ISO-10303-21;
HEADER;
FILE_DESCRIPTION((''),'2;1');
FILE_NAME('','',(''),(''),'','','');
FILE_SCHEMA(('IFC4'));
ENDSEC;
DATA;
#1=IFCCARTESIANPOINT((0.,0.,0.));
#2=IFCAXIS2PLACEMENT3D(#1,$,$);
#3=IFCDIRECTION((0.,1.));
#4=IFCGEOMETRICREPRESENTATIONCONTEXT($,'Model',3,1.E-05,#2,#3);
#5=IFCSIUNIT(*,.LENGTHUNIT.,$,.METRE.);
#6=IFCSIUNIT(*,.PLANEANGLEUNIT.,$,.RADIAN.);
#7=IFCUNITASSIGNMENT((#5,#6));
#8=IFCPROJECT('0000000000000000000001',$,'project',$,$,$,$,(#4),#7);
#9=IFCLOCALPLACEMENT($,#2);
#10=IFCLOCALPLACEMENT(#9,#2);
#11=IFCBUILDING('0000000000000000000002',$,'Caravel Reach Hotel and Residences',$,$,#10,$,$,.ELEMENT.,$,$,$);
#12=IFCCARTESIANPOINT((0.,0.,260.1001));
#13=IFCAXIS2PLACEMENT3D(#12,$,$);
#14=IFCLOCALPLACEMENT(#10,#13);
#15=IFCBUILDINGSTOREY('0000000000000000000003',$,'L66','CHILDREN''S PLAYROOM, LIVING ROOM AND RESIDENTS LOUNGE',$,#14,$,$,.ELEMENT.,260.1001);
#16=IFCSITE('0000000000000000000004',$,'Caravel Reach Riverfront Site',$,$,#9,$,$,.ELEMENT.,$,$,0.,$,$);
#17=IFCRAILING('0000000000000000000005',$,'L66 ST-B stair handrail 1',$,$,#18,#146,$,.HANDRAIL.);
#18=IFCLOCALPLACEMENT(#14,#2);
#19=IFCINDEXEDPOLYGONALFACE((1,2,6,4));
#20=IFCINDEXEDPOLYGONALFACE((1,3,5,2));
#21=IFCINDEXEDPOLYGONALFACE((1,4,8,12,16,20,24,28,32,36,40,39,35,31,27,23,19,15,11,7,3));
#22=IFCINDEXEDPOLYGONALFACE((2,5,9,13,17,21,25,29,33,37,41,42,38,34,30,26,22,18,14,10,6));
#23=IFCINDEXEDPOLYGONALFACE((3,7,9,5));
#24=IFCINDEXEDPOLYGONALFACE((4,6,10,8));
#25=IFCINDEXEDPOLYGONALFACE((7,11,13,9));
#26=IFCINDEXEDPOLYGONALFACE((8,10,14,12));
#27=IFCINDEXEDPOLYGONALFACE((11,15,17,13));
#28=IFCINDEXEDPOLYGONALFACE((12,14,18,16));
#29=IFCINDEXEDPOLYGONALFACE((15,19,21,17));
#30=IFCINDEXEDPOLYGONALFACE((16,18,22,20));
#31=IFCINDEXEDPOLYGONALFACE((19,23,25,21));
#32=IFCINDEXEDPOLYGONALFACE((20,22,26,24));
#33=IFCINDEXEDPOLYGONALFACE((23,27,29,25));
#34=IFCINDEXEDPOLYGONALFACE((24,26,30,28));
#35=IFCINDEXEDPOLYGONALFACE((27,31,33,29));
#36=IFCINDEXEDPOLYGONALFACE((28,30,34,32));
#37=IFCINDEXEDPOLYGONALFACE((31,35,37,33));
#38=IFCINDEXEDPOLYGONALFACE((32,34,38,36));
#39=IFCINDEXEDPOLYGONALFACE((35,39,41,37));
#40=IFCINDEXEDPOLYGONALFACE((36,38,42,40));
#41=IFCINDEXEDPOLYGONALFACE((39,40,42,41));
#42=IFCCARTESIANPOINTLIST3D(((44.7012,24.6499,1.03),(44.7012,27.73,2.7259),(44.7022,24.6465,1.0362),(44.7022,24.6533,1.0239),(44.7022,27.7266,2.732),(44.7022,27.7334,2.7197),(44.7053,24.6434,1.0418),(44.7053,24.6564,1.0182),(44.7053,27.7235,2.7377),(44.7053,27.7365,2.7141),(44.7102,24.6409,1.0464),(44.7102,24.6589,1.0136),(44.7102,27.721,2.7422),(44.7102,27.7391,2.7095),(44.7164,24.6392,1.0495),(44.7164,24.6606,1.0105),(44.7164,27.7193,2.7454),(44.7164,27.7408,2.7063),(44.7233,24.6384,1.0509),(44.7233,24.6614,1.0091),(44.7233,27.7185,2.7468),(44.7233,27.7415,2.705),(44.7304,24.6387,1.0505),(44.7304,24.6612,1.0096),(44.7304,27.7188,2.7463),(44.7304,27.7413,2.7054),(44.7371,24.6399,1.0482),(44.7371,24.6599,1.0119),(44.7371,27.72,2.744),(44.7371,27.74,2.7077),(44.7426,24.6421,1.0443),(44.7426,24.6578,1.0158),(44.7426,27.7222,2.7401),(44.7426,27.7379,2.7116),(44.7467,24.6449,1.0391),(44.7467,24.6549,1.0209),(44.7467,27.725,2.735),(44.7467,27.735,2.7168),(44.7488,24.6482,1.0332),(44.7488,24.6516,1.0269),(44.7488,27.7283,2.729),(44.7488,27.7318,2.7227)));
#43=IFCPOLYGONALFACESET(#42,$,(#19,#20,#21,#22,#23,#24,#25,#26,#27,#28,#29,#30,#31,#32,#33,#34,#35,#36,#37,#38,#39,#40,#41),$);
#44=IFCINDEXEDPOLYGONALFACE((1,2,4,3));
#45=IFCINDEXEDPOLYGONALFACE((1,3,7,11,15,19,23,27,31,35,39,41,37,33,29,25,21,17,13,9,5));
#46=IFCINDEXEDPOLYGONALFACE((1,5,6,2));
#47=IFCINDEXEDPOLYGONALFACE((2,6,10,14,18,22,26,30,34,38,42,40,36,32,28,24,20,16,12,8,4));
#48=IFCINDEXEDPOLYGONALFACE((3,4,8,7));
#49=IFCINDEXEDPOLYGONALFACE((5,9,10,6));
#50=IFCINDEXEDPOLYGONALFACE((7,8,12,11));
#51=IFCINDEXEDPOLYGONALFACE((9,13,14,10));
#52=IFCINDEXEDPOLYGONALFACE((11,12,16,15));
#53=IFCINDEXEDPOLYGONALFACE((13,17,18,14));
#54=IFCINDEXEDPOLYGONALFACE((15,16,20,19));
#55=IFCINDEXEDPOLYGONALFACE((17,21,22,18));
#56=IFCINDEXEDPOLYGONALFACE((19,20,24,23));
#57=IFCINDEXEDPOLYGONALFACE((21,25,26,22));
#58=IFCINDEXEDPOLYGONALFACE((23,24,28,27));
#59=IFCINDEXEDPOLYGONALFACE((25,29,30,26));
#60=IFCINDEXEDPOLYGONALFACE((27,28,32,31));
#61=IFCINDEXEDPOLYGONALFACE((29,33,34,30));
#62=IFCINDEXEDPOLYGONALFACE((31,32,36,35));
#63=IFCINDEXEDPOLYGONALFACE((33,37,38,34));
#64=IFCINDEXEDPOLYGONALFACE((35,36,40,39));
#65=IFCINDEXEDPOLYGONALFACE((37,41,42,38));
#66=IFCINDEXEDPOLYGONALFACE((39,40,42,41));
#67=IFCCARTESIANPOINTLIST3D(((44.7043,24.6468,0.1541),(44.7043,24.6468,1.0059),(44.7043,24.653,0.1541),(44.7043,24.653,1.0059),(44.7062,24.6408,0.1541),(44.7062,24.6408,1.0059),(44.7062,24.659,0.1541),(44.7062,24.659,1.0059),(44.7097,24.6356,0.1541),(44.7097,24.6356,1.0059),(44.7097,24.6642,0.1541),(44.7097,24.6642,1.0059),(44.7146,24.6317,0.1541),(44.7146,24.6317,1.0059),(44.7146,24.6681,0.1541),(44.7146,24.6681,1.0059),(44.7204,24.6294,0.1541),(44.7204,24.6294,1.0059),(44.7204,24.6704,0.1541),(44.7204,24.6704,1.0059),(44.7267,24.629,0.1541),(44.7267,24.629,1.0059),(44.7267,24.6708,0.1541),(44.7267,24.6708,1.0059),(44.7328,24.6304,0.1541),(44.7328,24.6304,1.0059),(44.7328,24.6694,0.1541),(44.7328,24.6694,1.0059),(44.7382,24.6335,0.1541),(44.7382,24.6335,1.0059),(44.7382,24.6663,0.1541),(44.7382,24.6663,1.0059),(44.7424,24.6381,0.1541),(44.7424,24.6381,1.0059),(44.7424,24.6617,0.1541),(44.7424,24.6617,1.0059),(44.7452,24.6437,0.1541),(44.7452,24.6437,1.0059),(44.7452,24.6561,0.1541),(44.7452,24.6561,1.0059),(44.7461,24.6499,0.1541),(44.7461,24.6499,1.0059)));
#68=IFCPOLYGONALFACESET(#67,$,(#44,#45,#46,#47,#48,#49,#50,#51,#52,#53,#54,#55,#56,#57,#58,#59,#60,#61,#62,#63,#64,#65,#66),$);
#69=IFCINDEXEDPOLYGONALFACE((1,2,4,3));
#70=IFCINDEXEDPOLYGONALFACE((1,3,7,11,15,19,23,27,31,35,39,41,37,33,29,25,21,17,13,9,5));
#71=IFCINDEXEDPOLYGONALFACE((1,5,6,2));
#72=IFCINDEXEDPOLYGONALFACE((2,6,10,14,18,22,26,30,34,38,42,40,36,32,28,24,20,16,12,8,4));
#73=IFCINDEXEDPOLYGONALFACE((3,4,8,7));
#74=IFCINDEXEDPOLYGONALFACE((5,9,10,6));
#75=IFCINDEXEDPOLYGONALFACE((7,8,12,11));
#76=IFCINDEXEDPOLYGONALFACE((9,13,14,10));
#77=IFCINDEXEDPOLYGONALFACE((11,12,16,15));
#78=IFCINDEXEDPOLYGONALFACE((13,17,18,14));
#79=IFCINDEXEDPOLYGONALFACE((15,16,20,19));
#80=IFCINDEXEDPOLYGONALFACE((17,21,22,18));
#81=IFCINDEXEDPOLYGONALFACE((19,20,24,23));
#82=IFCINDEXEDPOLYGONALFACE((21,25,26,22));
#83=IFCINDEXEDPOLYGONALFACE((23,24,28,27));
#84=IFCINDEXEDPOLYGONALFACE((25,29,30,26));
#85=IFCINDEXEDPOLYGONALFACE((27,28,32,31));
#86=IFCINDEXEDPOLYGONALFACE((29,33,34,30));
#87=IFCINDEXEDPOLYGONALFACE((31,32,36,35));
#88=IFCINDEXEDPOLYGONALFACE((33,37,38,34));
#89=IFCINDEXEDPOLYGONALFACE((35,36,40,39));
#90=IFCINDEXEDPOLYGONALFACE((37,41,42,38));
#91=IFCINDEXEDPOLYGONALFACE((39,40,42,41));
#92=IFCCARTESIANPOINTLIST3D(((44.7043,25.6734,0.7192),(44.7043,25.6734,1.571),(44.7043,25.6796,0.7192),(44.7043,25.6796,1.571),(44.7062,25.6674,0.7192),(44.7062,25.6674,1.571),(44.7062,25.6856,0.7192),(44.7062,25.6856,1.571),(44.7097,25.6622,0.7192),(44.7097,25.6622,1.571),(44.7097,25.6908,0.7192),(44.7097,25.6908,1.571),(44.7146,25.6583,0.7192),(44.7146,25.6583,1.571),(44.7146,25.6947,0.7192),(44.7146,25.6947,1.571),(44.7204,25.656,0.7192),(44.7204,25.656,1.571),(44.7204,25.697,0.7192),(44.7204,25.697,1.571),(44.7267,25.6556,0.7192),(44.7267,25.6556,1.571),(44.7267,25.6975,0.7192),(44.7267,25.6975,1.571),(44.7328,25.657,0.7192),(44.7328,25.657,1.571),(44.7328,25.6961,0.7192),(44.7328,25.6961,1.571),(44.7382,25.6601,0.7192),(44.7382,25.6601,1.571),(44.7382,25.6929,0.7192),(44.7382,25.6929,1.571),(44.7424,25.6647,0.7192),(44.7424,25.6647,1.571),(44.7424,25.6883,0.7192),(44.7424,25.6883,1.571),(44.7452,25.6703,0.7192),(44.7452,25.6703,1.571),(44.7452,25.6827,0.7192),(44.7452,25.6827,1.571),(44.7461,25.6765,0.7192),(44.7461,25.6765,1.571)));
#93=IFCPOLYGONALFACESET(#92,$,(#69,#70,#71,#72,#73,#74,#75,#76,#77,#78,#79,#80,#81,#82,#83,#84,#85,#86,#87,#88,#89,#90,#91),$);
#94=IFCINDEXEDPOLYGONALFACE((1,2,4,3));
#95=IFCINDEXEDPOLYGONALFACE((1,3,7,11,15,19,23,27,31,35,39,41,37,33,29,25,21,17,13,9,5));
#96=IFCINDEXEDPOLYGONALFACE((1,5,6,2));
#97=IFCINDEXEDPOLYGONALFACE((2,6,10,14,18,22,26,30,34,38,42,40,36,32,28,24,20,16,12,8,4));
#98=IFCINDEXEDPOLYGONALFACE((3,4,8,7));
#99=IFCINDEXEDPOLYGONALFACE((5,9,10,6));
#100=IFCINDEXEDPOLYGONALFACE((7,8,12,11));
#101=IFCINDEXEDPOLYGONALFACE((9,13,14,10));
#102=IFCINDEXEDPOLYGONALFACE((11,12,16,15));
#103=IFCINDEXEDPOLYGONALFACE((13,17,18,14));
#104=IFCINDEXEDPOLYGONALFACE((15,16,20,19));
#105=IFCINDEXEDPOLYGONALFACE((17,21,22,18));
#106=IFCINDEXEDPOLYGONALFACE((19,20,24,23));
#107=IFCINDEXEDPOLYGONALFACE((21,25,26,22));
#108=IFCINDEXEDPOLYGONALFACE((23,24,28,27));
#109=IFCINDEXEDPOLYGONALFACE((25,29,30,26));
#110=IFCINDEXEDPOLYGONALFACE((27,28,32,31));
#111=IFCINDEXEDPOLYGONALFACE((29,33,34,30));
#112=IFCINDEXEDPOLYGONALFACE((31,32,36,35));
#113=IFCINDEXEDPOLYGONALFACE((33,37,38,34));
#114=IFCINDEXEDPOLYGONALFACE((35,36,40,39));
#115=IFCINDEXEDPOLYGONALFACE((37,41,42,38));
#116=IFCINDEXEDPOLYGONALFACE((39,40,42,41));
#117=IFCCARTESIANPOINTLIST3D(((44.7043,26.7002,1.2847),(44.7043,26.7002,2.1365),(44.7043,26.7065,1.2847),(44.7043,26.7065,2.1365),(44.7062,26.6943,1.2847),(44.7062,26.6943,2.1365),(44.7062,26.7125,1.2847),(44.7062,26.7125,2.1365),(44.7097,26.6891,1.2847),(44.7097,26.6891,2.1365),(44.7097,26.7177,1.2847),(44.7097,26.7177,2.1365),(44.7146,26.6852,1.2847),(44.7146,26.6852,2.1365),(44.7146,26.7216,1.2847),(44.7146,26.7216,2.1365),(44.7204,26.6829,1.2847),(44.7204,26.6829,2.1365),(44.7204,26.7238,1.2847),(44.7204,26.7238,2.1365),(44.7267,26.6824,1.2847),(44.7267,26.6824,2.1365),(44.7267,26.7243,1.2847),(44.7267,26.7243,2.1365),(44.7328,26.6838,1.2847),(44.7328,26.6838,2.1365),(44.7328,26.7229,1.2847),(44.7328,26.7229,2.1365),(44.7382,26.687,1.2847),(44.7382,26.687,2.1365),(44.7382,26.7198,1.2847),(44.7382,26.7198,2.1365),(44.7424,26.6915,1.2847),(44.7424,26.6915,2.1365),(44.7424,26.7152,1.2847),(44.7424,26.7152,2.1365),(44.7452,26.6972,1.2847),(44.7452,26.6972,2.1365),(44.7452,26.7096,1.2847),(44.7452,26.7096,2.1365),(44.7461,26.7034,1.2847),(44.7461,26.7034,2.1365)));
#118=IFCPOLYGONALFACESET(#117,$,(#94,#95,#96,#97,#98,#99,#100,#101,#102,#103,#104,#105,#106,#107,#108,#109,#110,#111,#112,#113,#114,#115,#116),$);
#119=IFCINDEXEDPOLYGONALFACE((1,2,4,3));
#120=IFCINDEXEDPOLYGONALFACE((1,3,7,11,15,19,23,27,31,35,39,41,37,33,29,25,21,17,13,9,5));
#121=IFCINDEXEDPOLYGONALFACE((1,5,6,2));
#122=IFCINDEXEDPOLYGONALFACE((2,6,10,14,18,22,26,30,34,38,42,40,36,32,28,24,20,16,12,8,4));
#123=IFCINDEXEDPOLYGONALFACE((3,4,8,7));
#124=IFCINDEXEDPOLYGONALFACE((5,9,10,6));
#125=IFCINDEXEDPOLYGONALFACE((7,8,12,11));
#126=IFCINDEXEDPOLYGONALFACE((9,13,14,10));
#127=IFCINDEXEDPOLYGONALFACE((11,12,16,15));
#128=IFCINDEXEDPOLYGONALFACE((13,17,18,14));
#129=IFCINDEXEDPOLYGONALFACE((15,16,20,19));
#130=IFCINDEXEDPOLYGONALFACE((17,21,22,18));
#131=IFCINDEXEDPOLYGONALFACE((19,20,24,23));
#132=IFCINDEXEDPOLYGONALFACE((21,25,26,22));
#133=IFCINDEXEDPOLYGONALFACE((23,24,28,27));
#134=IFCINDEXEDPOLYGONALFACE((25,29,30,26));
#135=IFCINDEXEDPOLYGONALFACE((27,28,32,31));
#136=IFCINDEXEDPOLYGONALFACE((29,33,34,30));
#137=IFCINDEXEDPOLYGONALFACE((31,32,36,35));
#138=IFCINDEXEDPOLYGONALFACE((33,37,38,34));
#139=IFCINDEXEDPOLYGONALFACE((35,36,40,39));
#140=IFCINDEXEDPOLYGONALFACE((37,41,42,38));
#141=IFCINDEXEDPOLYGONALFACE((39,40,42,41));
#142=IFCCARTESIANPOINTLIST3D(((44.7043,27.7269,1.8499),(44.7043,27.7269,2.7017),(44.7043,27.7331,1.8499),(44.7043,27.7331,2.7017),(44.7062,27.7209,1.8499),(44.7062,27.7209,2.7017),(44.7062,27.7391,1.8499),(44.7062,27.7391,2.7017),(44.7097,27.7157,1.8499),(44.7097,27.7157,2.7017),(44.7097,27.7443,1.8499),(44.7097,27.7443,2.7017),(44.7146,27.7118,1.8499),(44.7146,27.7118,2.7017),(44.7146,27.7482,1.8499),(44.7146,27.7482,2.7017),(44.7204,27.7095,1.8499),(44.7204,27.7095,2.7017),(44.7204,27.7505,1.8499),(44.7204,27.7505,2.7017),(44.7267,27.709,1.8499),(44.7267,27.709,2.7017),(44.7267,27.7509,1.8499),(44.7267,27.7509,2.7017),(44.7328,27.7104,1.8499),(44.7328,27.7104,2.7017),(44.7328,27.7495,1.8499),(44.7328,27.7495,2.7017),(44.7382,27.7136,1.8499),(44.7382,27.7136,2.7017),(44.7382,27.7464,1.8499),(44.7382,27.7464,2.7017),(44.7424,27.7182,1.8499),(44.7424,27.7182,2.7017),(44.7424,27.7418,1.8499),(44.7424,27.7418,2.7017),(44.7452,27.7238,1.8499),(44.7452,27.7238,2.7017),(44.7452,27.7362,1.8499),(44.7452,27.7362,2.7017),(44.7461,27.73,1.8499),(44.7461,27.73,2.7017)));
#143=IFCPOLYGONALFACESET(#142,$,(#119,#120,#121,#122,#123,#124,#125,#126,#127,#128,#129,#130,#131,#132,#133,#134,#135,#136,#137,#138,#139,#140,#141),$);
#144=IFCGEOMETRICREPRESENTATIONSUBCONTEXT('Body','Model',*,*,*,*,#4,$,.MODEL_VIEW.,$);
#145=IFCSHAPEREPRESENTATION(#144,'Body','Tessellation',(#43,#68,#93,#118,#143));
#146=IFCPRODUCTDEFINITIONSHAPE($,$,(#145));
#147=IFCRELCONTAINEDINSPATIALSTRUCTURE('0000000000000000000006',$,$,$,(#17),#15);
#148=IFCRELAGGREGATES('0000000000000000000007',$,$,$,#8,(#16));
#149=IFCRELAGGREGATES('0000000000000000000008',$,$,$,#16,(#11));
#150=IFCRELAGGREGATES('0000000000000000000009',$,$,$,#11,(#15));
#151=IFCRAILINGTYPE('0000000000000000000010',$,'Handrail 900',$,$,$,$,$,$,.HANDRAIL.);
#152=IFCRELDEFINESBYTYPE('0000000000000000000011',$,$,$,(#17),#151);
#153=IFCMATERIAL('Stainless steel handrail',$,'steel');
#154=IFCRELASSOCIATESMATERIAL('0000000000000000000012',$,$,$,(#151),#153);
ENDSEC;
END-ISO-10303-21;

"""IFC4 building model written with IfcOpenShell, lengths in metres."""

from ifc_helpers import new_model, si_unit, direction, frame, origin, origin_2d, place, context, subcontext, project, spatial, circle, extrude, material, type_object, element, save


model = new_model("IFC4")

# Units and contexts
model_context = context("Model", 3, precision=1e-05, world=origin(), true_north=direction((0.0, 1.0)))
body_context = subcontext(model_context, "Body", "Model", "MODEL_VIEW")
ifc_project = project(units=[si_unit("LENGTHUNIT", "METRE"), si_unit("PLANEANGLEUNIT", "RADIAN")], contexts=[model_context])

# Site, building, storey
site_placement = place(None, origin())
site = spatial("IfcSite", under=ifc_project, at=site_placement, Name="Caravel Reach Riverfront Site", CompositionType="ELEMENT", RefElevation=0.0)
building_placement = place(site_placement, origin())
building = spatial("IfcBuilding", under=site, at=building_placement, Name="Caravel Reach Hotel and Residences", CompositionType="ELEMENT")
storey_placement = place(building_placement, frame((0.0, 0.0, 260.1001)))
storey = spatial("IfcBuildingStorey", under=building, at=storey_placement, Name="L66", Description="CHILDREN'S PLAYROOM, LIVING ROOM AND RESIDENTS LOUNGE", CompositionType="ELEMENT", Elevation=260.1001)

# Railing
ifc_material_1 = material(Name="Stainless steel handrail", Category="steel")
railing_type_1 = type_object("IfcRailingType", Name="Handrail 900", PredefinedType="HANDRAIL", material=ifc_material_1)
railing_1_placement = place(storey_placement, frame((44.7251, 24.6499, 0.1541)))
element("IfcRailing", 1, at=railing_1_placement, inside=storey, type_object=railing_type_1, Name="L66 ST-B stair handrail 1", PredefinedType="HANDRAIL", context=body_context, shape_type="SweptSolid", body=[
    extrude(circle(Radius=0.0239, at=origin_2d()), frame((0.0, 0.0, 0.876), z_axis=(0.0, 0.876005, 0.482303), x_axis=(-1.0, 0.0, 0.0)), (0.0, 0.0, 1.0), 3.5161),
    extrude(circle(Radius=0.021, at=origin_2d()), origin(), (0.0, 0.0, 1.0), 0.8518),
    extrude(circle(Radius=0.021, at=origin_2d()), frame((0.0, 1.0266, 0.5652)), (0.0, 0.0, 1.0), 0.8518),
    extrude(circle(Radius=0.021, at=origin_2d()), frame((0.0, 2.0535, 1.1306)), (0.0, 0.0, 1.0), 0.8518),
    extrude(circle(Radius=0.021, at=origin_2d()), frame((0.0, 3.0801, 1.6958)), (0.0, 0.0, 1.0), 0.8518),
])

save(model, "model.ifc")
